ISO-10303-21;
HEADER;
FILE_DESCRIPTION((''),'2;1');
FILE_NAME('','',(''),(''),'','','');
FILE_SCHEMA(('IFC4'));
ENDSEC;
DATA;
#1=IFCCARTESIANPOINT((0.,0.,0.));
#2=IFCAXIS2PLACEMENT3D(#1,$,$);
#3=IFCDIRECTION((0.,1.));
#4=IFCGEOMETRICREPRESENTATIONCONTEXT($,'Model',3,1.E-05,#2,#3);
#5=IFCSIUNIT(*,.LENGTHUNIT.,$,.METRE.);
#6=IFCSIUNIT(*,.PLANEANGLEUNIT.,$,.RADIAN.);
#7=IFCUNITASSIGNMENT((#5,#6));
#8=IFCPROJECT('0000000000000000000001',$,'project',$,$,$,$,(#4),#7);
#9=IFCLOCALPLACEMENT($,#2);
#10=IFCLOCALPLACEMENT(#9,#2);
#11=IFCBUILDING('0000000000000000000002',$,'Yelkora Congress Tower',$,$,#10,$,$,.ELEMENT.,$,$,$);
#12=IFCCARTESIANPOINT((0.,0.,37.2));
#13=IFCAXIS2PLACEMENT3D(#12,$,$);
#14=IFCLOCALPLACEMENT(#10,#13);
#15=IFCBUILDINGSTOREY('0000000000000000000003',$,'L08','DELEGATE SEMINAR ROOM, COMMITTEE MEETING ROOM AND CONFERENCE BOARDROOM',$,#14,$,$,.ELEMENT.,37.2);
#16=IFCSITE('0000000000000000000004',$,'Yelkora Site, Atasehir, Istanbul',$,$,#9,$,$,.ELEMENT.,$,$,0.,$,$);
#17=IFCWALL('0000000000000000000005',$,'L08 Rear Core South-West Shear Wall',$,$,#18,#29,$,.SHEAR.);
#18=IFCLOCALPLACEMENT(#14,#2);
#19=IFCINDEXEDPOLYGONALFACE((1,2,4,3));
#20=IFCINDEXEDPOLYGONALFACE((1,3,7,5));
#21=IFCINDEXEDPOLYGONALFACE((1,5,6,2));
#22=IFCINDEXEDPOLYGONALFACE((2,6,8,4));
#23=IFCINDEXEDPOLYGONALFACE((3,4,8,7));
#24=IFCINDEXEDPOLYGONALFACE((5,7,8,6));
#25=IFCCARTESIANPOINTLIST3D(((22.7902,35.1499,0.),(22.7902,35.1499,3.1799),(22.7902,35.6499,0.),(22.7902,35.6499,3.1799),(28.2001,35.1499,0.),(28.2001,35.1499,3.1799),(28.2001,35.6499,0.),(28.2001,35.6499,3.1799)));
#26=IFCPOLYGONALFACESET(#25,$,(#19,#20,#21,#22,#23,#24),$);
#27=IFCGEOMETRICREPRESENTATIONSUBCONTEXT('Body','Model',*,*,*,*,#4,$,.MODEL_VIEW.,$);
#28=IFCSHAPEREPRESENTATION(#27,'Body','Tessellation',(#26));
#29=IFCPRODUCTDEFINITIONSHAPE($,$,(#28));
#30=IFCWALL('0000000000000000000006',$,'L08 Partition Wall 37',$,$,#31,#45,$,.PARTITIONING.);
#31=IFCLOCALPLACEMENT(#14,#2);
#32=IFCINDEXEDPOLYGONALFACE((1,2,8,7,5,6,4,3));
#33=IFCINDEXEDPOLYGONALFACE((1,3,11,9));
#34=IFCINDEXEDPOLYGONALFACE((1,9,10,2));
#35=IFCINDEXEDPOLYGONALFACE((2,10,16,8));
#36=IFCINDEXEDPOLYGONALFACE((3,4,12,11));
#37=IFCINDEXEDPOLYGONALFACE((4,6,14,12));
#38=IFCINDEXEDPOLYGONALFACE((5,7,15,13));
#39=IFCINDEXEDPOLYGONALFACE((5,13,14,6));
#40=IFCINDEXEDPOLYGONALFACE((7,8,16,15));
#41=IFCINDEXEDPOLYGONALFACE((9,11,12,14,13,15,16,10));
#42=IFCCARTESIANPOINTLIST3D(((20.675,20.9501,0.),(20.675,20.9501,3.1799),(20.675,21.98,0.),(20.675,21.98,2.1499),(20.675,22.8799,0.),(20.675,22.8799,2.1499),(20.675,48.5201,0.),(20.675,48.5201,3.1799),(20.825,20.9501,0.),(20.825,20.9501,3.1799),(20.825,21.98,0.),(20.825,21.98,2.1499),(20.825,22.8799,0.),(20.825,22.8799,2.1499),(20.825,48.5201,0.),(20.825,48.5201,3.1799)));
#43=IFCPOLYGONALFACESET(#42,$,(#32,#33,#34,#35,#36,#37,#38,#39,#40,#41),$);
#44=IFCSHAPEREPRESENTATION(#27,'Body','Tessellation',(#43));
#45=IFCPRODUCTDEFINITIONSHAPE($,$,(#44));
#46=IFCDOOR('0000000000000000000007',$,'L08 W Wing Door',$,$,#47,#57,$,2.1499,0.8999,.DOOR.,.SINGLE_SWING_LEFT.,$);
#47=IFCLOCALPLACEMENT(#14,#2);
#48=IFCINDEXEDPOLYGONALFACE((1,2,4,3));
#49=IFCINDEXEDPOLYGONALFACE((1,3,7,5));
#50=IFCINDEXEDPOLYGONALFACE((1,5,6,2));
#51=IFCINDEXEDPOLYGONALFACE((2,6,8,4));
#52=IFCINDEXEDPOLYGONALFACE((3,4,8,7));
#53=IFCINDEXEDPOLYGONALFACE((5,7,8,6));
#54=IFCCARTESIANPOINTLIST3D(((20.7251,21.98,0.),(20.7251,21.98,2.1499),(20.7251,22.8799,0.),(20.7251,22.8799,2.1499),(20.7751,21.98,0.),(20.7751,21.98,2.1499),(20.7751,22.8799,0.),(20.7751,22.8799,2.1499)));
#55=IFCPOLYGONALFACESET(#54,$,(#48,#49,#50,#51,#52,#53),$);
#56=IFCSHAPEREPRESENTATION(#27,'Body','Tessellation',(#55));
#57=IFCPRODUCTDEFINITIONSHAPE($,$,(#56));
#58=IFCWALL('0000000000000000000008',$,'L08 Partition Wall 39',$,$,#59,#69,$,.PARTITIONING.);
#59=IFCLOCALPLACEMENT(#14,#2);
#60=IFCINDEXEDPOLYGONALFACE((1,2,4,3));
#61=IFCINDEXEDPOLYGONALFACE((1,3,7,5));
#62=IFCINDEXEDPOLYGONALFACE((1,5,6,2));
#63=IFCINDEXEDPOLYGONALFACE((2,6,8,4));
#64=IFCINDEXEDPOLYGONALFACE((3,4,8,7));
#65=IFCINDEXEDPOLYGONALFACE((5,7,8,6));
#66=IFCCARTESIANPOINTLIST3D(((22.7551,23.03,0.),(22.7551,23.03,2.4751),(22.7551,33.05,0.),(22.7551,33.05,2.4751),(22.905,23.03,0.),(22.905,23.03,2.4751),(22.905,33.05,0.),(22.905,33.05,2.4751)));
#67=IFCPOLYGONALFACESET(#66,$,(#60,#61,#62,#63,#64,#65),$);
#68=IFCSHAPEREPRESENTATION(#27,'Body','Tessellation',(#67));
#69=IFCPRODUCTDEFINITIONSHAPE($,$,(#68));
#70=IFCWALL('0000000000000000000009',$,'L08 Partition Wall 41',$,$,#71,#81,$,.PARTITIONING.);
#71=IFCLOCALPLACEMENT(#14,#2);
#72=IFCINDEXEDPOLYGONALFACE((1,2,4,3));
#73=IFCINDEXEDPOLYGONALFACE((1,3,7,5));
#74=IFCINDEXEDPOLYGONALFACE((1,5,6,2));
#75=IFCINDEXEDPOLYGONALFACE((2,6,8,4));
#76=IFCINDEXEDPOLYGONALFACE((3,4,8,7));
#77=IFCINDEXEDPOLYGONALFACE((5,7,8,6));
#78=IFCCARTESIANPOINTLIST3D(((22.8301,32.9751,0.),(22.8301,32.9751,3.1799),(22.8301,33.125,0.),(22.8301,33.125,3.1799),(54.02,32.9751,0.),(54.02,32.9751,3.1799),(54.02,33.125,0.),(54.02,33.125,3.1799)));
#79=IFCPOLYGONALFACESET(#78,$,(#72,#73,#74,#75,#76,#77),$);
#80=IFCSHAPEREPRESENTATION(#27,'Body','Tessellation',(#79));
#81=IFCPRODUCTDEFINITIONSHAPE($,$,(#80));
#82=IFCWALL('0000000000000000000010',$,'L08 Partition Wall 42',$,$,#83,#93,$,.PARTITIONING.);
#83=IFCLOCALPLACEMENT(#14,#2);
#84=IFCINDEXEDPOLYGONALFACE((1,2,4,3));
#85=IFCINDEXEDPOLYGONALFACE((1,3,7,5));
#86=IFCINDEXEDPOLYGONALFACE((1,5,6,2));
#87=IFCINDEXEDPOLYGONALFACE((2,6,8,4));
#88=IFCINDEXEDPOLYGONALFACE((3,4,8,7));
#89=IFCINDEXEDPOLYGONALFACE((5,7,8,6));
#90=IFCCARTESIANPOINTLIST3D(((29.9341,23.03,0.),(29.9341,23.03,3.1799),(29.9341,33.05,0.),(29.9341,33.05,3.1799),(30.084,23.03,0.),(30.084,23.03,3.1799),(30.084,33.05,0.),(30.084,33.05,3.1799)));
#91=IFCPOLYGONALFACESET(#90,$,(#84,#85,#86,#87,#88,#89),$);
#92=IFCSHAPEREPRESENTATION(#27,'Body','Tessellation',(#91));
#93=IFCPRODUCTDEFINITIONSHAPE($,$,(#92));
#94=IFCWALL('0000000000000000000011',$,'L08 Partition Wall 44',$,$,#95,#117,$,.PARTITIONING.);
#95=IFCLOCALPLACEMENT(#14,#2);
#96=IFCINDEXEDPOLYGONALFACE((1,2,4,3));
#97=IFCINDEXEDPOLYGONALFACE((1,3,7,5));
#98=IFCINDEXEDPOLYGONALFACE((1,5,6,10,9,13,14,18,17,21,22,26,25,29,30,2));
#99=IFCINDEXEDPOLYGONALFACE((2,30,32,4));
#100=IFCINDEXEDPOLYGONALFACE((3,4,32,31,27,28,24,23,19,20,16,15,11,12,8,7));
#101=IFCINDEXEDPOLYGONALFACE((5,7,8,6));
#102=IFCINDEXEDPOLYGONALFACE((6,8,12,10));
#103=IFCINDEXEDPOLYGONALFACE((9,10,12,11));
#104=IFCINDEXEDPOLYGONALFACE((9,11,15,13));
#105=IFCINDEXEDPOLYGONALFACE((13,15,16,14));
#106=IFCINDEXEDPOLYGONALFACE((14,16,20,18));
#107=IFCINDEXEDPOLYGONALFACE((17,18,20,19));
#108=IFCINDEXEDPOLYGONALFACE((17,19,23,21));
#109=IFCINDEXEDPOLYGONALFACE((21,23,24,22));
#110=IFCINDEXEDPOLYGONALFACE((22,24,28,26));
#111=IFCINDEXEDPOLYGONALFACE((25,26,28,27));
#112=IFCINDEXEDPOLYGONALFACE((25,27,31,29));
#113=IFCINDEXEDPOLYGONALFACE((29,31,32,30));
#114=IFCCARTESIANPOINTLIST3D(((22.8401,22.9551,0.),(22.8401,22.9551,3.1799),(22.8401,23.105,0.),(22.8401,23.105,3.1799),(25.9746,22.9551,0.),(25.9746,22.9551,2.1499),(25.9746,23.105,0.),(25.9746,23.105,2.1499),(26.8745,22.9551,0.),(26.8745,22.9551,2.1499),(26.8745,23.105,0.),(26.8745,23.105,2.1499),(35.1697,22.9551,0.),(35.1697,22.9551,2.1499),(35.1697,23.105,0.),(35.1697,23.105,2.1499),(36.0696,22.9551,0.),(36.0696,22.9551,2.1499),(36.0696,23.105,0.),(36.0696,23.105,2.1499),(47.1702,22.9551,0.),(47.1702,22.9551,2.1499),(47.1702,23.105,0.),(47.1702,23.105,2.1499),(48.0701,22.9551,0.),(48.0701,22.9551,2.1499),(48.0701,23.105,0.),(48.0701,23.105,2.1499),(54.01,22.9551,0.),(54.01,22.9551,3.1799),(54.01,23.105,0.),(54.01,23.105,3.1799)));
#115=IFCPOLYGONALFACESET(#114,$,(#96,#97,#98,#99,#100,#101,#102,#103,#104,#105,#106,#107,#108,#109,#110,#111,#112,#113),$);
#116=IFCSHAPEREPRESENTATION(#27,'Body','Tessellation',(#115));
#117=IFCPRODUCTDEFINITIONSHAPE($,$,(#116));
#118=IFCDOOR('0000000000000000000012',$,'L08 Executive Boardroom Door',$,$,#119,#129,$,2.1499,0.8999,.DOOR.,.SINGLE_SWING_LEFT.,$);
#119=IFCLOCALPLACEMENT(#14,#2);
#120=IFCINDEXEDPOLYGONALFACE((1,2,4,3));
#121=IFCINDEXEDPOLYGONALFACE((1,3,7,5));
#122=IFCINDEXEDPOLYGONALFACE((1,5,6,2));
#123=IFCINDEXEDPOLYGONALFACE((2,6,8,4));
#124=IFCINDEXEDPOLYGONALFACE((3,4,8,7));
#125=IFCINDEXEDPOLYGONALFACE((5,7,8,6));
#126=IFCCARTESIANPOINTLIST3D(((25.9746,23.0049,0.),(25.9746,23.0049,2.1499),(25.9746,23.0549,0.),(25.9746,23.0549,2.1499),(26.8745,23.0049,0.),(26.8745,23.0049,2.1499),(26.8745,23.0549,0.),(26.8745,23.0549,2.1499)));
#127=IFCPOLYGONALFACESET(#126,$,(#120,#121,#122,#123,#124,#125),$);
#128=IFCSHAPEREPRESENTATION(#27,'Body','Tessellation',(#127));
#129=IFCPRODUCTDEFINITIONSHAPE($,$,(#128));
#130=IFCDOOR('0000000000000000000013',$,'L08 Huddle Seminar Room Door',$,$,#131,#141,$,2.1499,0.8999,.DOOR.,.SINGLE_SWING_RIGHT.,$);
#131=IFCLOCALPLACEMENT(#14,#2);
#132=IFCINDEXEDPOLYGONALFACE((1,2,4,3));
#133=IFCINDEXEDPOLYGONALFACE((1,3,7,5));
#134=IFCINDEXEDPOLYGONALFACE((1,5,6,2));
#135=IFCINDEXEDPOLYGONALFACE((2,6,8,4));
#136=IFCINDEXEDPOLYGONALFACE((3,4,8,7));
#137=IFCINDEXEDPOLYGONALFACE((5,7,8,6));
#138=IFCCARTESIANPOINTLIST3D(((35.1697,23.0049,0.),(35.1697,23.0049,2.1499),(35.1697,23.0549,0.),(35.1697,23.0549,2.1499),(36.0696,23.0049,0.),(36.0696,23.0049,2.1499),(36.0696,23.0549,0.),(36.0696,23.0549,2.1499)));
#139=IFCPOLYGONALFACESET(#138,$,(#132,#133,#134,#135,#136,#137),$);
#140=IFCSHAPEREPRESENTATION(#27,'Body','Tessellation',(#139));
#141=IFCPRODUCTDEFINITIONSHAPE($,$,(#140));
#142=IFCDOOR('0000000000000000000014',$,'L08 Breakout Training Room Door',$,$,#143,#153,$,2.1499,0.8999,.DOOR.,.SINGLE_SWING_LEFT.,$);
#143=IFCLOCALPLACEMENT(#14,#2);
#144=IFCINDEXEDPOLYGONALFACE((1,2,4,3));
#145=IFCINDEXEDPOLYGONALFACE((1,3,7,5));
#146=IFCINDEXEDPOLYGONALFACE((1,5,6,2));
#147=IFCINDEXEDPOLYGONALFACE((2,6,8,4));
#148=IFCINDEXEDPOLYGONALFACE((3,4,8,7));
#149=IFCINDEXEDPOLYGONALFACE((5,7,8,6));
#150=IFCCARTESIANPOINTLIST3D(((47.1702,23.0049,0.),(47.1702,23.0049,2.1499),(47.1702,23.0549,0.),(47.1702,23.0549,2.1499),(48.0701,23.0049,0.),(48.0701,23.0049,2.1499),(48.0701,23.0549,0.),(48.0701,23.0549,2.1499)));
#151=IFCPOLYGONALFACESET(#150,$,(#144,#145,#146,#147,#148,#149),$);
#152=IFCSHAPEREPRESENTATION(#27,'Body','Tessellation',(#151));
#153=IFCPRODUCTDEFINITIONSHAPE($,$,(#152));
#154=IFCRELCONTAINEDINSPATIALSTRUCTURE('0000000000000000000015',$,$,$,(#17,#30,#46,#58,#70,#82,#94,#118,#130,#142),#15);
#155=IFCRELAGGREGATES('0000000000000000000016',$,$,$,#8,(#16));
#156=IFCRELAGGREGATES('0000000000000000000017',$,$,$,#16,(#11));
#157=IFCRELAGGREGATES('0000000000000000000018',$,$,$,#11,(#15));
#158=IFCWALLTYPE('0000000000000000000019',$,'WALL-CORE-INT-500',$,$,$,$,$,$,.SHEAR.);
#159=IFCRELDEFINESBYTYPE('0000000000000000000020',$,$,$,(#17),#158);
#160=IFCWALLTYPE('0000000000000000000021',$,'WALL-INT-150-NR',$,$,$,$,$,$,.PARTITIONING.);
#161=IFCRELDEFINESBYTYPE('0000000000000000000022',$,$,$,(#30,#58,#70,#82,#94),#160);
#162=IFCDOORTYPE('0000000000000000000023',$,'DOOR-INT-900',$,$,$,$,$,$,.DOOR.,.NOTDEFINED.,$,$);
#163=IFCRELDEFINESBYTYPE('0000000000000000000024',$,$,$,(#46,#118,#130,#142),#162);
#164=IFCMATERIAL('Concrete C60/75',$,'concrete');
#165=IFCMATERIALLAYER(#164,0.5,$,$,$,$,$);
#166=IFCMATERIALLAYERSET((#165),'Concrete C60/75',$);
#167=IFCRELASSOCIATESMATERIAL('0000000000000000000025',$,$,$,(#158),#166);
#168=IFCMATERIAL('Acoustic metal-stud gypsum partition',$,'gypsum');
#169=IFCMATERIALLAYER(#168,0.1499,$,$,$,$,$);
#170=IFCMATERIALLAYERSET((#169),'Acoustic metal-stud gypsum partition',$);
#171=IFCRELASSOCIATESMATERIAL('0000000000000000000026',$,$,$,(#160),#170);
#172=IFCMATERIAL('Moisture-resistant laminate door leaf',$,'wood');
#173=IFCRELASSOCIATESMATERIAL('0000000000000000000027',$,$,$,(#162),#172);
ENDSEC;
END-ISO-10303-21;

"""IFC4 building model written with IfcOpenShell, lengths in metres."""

from ifc_helpers import new_model, si_unit, direction, frame, frame_2d, origin, place, context, subcontext, project, spatial, rectangle, extrude, material, layer, layer_set, type_object, element, fill, save


model = new_model("IFC4")

# Units and contexts
model_context = context("Model", 3, precision=1e-05, world=origin(), true_north=direction((0.0, 1.0)))
body_context = subcontext(model_context, "Body", "Model", "MODEL_VIEW")
ifc_project = project(units=[si_unit("LENGTHUNIT", "METRE"), si_unit("PLANEANGLEUNIT", "RADIAN")], contexts=[model_context])

# Site, building, storey
site_placement = place(None, origin())
site = spatial("IfcSite", under=ifc_project, at=site_placement, Name="Yelkora Site, Atasehir, Istanbul", CompositionType="ELEMENT", RefElevation=0.0)
building_placement = place(site_placement, origin())
building = spatial("IfcBuilding", under=site, at=building_placement, Name="Yelkora Congress Tower", CompositionType="ELEMENT")
storey_placement = place(building_placement, frame((0.0, 0.0, 37.2)))
storey = spatial("IfcBuildingStorey", under=building, at=storey_placement, Name="L08", Description="DELEGATE SEMINAR ROOM, COMMITTEE MEETING ROOM AND CONFERENCE BOARDROOM", CompositionType="ELEMENT", Elevation=37.2)

# Shared definitions
ifc_material_1 = material(Name="Concrete C60/75", Category="concrete")

# Wall
ifc_layer_1 = layer(ifc_material_1, 0.5)
ifc_layer_set_1 = layer_set([ifc_layer_1], Name="Concrete C60/75")
wall_type_1 = type_object("IfcWallType", Name="WALL-CORE-INT-500", PredefinedType="SHEAR", material=ifc_layer_set_1)
wall_1_placement = place(storey_placement, frame((22.79, 35.3999, 0.0), z_axis=(0.0, 0.0, 1.0), x_axis=(1.0, 0.0, 0.0)))
element("IfcWall", 1, at=wall_1_placement, inside=storey, type_object=wall_type_1, Name="L08 Rear Core South-West Shear Wall", PredefinedType="SHEAR", context=body_context, shape_type="SweptSolid", body=[
    extrude(rectangle(XDim=5.4099, YDim=0.5, at=frame_2d((2.7051, 0.0))), origin(), (0.0, 0.0, 1.0), 3.1799),
])

# Wall, opening, door
ifc_material_2 = material(Name="Acoustic metal-stud gypsum partition", Category="gypsum")
ifc_layer_2 = layer(ifc_material_2, 0.1499)
ifc_layer_set_2 = layer_set([ifc_layer_2], Name="Acoustic metal-stud gypsum partition")
wall_type_2 = type_object("IfcWallType", Name="WALL-INT-150-NR", PredefinedType="PARTITIONING", material=ifc_layer_set_2)
wall_2_placement = place(storey_placement, frame((20.75, 20.95, 0.0), z_axis=(0.0, 0.0, 1.0), x_axis=(0.0, 1.0, 0.0)))
wall_2 = element("IfcWall", 2, at=wall_2_placement, inside=storey, type_object=wall_type_2, Name="L08 Partition Wall 37", PredefinedType="PARTITIONING", context=body_context, shape_type="SweptSolid", body=[
    extrude(rectangle(XDim=27.5701, YDim=0.1499, at=frame_2d((13.7852, 0.0))), origin(), (0.0, 0.0, 1.0), 3.1799),
])
opening_1_placement = place(wall_2_placement, frame((1.03, 0.0, 0.0)))
opening_1 = element("IfcOpeningElement", 3, at=opening_1_placement, cuts=wall_2, PredefinedType="OPENING", context=body_context, shape_type="SweptSolid", body=[
    extrude(rectangle(XDim=0.8999, YDim=2.1499, at=frame_2d((0.45, 1.075))), frame((0.0, 0.085, 0.0), z_axis=(0.0, -1.0, 0.0), x_axis=(1.0, 0.0, 0.0)), (0.0, 0.0, 1.0), 0.1699),
])
ifc_material_3 = material(Name="Moisture-resistant laminate door leaf", Category="wood")
door_type = type_object("IfcDoorType", Name="DOOR-INT-900", OperationType="NOTDEFINED", PredefinedType="DOOR", material=ifc_material_3)
door_1_placement = place(opening_1_placement, origin())
door_1 = element("IfcDoor", 4, at=door_1_placement, inside=storey, type_object=door_type, Name="L08 W Wing Door", OperationType="SINGLE_SWING_LEFT", OverallHeight=2.1499, OverallWidth=0.8999, PredefinedType="DOOR", context=body_context, shape_type="SweptSolid", body=[
    extrude(rectangle(XDim=0.8999, YDim=2.1499, at=frame_2d((0.45, 1.075))), frame((0.0, 0.0249, 0.0), z_axis=(0.0, -1.0, 0.0), x_axis=(1.0, 0.0, 0.0)), (0.0, 0.0, 1.0), 0.05),
])
fill(opening_1, door_1)

# Walls
wall_3_placement = place(storey_placement, frame((22.8301, 23.03, 0.0), z_axis=(0.0, 0.0, 1.0), x_axis=(0.0, 1.0, 0.0)))
element("IfcWall", 5, at=wall_3_placement, inside=storey, type_object=wall_type_2, Name="L08 Partition Wall 39", PredefinedType="PARTITIONING", context=body_context, shape_type="SweptSolid", body=[
    extrude(rectangle(XDim=10.02, YDim=0.1499, at=frame_2d((5.01, 0.0))), origin(), (0.0, 0.0, 1.0), 2.4751),
])
wall_4_placement = place(storey_placement, frame((22.8301, 33.05, 0.0), z_axis=(0.0, 0.0, 1.0), x_axis=(1.0, 0.0, 0.0)))
element("IfcWall", 6, at=wall_4_placement, inside=storey, type_object=wall_type_2, Name="L08 Partition Wall 41", PredefinedType="PARTITIONING", context=body_context, shape_type="SweptSolid", body=[
    extrude(rectangle(XDim=31.1899, YDim=0.1499, at=frame_2d((15.595, 0.0))), origin(), (0.0, 0.0, 1.0), 3.1799),
])
wall_5_placement = place(storey_placement, frame((30.009, 23.03, 0.0), z_axis=(0.0, 0.0, 1.0), x_axis=(0.0, 1.0, 0.0)))
element("IfcWall", 7, at=wall_5_placement, inside=storey, type_object=wall_type_2, Name="L08 Partition Wall 42", PredefinedType="PARTITIONING", context=body_context, shape_type="SweptSolid", body=[
    extrude(rectangle(XDim=10.02, YDim=0.1499, at=frame_2d((5.01, 0.0))), origin(), (0.0, 0.0, 1.0), 3.1799),
])

# Wall, openings, doors
wall_6_placement = place(storey_placement, frame((22.8401, 23.03, 0.0), z_axis=(0.0, 0.0, 1.0), x_axis=(1.0, 0.0, 0.0)))
wall_6 = element("IfcWall", 8, at=wall_6_placement, inside=storey, type_object=wall_type_2, Name="L08 Partition Wall 44", PredefinedType="PARTITIONING", context=body_context, shape_type="SweptSolid", body=[
    extrude(rectangle(XDim=31.1699, YDim=0.1499, at=frame_2d((15.585, 0.0))), origin(), (0.0, 0.0, 1.0), 3.1799),
])
opening_2_placement = place(wall_6_placement, frame((3.1345, 0.0, 0.0)))
opening_2 = element("IfcOpeningElement", 9, at=opening_2_placement, cuts=wall_6, PredefinedType="OPENING", context=body_context, shape_type="SweptSolid", body=[
    extrude(rectangle(XDim=0.8999, YDim=2.1499, at=frame_2d((0.45, 1.075))), frame((0.0, 0.085, 0.0), z_axis=(0.0, -1.0, 0.0), x_axis=(1.0, 0.0, 0.0)), (0.0, 0.0, 1.0), 0.1699),
])
opening_3_placement = place(wall_6_placement, frame((12.3296, 0.0, 0.0)))
opening_3 = element("IfcOpeningElement", 10, at=opening_3_placement, cuts=wall_6, PredefinedType="OPENING", context=body_context, shape_type="SweptSolid", body=[
    extrude(rectangle(XDim=0.8999, YDim=2.1499, at=frame_2d((0.45, 1.075))), frame((0.0, 0.085, 0.0), z_axis=(0.0, -1.0, 0.0), x_axis=(1.0, 0.0, 0.0)), (0.0, 0.0, 1.0), 0.1699),
])
opening_4_placement = place(wall_6_placement, frame((24.3301, 0.0, 0.0)))
opening_4 = element("IfcOpeningElement", 11, at=opening_4_placement, cuts=wall_6, PredefinedType="OPENING", context=body_context, shape_type="SweptSolid", body=[
    extrude(rectangle(XDim=0.8999, YDim=2.1499, at=frame_2d((0.45, 1.075))), frame((0.0, 0.085, 0.0), z_axis=(0.0, -1.0, 0.0), x_axis=(1.0, 0.0, 0.0)), (0.0, 0.0, 1.0), 0.1699),
])
door_2_placement = place(opening_2_placement, origin())
door_2 = element("IfcDoor", 12, at=door_2_placement, inside=storey, type_object=door_type, Name="L08 Executive Boardroom Door", OperationType="SINGLE_SWING_LEFT", OverallHeight=2.1499, OverallWidth=0.8999, PredefinedType="DOOR", context=body_context, shape_type="SweptSolid", body=[
    extrude(rectangle(XDim=0.8999, YDim=2.1499, at=frame_2d((0.45, 1.075))), frame((0.0, 0.0249, 0.0), z_axis=(0.0, -1.0, 0.0), x_axis=(1.0, 0.0, 0.0)), (0.0, 0.0, 1.0), 0.05),
])
fill(opening_2, door_2)
door_3_placement = place(opening_3_placement, origin())
door_3 = element("IfcDoor", 13, at=door_3_placement, inside=storey, type_object=door_type, Name="L08 Huddle Seminar Room Door", OperationType="SINGLE_SWING_RIGHT", OverallHeight=2.1499, OverallWidth=0.8999, PredefinedType="DOOR", context=body_context, shape_type="SweptSolid", body=[
    extrude(rectangle(XDim=0.8999, YDim=2.1499, at=frame_2d((0.45, 1.075))), frame((0.0, 0.0249, 0.0), z_axis=(0.0, -1.0, 0.0), x_axis=(1.0, 0.0, 0.0)), (0.0, 0.0, 1.0), 0.05),
])
fill(opening_3, door_3)
door_4_placement = place(opening_4_placement, origin())
door_4 = element("IfcDoor", 14, at=door_4_placement, inside=storey, type_object=door_type, Name="L08 Breakout Training Room Door", OperationType="SINGLE_SWING_LEFT", OverallHeight=2.1499, OverallWidth=0.8999, PredefinedType="DOOR", context=body_context, shape_type="SweptSolid", body=[
    extrude(rectangle(XDim=0.8999, YDim=2.1499, at=frame_2d((0.45, 1.075))), frame((0.0, 0.0249, 0.0), z_axis=(0.0, -1.0, 0.0), x_axis=(1.0, 0.0, 0.0)), (0.0, 0.0, 1.0), 0.05),
])
fill(opening_4, door_4)

save(model, "model.ifc")
